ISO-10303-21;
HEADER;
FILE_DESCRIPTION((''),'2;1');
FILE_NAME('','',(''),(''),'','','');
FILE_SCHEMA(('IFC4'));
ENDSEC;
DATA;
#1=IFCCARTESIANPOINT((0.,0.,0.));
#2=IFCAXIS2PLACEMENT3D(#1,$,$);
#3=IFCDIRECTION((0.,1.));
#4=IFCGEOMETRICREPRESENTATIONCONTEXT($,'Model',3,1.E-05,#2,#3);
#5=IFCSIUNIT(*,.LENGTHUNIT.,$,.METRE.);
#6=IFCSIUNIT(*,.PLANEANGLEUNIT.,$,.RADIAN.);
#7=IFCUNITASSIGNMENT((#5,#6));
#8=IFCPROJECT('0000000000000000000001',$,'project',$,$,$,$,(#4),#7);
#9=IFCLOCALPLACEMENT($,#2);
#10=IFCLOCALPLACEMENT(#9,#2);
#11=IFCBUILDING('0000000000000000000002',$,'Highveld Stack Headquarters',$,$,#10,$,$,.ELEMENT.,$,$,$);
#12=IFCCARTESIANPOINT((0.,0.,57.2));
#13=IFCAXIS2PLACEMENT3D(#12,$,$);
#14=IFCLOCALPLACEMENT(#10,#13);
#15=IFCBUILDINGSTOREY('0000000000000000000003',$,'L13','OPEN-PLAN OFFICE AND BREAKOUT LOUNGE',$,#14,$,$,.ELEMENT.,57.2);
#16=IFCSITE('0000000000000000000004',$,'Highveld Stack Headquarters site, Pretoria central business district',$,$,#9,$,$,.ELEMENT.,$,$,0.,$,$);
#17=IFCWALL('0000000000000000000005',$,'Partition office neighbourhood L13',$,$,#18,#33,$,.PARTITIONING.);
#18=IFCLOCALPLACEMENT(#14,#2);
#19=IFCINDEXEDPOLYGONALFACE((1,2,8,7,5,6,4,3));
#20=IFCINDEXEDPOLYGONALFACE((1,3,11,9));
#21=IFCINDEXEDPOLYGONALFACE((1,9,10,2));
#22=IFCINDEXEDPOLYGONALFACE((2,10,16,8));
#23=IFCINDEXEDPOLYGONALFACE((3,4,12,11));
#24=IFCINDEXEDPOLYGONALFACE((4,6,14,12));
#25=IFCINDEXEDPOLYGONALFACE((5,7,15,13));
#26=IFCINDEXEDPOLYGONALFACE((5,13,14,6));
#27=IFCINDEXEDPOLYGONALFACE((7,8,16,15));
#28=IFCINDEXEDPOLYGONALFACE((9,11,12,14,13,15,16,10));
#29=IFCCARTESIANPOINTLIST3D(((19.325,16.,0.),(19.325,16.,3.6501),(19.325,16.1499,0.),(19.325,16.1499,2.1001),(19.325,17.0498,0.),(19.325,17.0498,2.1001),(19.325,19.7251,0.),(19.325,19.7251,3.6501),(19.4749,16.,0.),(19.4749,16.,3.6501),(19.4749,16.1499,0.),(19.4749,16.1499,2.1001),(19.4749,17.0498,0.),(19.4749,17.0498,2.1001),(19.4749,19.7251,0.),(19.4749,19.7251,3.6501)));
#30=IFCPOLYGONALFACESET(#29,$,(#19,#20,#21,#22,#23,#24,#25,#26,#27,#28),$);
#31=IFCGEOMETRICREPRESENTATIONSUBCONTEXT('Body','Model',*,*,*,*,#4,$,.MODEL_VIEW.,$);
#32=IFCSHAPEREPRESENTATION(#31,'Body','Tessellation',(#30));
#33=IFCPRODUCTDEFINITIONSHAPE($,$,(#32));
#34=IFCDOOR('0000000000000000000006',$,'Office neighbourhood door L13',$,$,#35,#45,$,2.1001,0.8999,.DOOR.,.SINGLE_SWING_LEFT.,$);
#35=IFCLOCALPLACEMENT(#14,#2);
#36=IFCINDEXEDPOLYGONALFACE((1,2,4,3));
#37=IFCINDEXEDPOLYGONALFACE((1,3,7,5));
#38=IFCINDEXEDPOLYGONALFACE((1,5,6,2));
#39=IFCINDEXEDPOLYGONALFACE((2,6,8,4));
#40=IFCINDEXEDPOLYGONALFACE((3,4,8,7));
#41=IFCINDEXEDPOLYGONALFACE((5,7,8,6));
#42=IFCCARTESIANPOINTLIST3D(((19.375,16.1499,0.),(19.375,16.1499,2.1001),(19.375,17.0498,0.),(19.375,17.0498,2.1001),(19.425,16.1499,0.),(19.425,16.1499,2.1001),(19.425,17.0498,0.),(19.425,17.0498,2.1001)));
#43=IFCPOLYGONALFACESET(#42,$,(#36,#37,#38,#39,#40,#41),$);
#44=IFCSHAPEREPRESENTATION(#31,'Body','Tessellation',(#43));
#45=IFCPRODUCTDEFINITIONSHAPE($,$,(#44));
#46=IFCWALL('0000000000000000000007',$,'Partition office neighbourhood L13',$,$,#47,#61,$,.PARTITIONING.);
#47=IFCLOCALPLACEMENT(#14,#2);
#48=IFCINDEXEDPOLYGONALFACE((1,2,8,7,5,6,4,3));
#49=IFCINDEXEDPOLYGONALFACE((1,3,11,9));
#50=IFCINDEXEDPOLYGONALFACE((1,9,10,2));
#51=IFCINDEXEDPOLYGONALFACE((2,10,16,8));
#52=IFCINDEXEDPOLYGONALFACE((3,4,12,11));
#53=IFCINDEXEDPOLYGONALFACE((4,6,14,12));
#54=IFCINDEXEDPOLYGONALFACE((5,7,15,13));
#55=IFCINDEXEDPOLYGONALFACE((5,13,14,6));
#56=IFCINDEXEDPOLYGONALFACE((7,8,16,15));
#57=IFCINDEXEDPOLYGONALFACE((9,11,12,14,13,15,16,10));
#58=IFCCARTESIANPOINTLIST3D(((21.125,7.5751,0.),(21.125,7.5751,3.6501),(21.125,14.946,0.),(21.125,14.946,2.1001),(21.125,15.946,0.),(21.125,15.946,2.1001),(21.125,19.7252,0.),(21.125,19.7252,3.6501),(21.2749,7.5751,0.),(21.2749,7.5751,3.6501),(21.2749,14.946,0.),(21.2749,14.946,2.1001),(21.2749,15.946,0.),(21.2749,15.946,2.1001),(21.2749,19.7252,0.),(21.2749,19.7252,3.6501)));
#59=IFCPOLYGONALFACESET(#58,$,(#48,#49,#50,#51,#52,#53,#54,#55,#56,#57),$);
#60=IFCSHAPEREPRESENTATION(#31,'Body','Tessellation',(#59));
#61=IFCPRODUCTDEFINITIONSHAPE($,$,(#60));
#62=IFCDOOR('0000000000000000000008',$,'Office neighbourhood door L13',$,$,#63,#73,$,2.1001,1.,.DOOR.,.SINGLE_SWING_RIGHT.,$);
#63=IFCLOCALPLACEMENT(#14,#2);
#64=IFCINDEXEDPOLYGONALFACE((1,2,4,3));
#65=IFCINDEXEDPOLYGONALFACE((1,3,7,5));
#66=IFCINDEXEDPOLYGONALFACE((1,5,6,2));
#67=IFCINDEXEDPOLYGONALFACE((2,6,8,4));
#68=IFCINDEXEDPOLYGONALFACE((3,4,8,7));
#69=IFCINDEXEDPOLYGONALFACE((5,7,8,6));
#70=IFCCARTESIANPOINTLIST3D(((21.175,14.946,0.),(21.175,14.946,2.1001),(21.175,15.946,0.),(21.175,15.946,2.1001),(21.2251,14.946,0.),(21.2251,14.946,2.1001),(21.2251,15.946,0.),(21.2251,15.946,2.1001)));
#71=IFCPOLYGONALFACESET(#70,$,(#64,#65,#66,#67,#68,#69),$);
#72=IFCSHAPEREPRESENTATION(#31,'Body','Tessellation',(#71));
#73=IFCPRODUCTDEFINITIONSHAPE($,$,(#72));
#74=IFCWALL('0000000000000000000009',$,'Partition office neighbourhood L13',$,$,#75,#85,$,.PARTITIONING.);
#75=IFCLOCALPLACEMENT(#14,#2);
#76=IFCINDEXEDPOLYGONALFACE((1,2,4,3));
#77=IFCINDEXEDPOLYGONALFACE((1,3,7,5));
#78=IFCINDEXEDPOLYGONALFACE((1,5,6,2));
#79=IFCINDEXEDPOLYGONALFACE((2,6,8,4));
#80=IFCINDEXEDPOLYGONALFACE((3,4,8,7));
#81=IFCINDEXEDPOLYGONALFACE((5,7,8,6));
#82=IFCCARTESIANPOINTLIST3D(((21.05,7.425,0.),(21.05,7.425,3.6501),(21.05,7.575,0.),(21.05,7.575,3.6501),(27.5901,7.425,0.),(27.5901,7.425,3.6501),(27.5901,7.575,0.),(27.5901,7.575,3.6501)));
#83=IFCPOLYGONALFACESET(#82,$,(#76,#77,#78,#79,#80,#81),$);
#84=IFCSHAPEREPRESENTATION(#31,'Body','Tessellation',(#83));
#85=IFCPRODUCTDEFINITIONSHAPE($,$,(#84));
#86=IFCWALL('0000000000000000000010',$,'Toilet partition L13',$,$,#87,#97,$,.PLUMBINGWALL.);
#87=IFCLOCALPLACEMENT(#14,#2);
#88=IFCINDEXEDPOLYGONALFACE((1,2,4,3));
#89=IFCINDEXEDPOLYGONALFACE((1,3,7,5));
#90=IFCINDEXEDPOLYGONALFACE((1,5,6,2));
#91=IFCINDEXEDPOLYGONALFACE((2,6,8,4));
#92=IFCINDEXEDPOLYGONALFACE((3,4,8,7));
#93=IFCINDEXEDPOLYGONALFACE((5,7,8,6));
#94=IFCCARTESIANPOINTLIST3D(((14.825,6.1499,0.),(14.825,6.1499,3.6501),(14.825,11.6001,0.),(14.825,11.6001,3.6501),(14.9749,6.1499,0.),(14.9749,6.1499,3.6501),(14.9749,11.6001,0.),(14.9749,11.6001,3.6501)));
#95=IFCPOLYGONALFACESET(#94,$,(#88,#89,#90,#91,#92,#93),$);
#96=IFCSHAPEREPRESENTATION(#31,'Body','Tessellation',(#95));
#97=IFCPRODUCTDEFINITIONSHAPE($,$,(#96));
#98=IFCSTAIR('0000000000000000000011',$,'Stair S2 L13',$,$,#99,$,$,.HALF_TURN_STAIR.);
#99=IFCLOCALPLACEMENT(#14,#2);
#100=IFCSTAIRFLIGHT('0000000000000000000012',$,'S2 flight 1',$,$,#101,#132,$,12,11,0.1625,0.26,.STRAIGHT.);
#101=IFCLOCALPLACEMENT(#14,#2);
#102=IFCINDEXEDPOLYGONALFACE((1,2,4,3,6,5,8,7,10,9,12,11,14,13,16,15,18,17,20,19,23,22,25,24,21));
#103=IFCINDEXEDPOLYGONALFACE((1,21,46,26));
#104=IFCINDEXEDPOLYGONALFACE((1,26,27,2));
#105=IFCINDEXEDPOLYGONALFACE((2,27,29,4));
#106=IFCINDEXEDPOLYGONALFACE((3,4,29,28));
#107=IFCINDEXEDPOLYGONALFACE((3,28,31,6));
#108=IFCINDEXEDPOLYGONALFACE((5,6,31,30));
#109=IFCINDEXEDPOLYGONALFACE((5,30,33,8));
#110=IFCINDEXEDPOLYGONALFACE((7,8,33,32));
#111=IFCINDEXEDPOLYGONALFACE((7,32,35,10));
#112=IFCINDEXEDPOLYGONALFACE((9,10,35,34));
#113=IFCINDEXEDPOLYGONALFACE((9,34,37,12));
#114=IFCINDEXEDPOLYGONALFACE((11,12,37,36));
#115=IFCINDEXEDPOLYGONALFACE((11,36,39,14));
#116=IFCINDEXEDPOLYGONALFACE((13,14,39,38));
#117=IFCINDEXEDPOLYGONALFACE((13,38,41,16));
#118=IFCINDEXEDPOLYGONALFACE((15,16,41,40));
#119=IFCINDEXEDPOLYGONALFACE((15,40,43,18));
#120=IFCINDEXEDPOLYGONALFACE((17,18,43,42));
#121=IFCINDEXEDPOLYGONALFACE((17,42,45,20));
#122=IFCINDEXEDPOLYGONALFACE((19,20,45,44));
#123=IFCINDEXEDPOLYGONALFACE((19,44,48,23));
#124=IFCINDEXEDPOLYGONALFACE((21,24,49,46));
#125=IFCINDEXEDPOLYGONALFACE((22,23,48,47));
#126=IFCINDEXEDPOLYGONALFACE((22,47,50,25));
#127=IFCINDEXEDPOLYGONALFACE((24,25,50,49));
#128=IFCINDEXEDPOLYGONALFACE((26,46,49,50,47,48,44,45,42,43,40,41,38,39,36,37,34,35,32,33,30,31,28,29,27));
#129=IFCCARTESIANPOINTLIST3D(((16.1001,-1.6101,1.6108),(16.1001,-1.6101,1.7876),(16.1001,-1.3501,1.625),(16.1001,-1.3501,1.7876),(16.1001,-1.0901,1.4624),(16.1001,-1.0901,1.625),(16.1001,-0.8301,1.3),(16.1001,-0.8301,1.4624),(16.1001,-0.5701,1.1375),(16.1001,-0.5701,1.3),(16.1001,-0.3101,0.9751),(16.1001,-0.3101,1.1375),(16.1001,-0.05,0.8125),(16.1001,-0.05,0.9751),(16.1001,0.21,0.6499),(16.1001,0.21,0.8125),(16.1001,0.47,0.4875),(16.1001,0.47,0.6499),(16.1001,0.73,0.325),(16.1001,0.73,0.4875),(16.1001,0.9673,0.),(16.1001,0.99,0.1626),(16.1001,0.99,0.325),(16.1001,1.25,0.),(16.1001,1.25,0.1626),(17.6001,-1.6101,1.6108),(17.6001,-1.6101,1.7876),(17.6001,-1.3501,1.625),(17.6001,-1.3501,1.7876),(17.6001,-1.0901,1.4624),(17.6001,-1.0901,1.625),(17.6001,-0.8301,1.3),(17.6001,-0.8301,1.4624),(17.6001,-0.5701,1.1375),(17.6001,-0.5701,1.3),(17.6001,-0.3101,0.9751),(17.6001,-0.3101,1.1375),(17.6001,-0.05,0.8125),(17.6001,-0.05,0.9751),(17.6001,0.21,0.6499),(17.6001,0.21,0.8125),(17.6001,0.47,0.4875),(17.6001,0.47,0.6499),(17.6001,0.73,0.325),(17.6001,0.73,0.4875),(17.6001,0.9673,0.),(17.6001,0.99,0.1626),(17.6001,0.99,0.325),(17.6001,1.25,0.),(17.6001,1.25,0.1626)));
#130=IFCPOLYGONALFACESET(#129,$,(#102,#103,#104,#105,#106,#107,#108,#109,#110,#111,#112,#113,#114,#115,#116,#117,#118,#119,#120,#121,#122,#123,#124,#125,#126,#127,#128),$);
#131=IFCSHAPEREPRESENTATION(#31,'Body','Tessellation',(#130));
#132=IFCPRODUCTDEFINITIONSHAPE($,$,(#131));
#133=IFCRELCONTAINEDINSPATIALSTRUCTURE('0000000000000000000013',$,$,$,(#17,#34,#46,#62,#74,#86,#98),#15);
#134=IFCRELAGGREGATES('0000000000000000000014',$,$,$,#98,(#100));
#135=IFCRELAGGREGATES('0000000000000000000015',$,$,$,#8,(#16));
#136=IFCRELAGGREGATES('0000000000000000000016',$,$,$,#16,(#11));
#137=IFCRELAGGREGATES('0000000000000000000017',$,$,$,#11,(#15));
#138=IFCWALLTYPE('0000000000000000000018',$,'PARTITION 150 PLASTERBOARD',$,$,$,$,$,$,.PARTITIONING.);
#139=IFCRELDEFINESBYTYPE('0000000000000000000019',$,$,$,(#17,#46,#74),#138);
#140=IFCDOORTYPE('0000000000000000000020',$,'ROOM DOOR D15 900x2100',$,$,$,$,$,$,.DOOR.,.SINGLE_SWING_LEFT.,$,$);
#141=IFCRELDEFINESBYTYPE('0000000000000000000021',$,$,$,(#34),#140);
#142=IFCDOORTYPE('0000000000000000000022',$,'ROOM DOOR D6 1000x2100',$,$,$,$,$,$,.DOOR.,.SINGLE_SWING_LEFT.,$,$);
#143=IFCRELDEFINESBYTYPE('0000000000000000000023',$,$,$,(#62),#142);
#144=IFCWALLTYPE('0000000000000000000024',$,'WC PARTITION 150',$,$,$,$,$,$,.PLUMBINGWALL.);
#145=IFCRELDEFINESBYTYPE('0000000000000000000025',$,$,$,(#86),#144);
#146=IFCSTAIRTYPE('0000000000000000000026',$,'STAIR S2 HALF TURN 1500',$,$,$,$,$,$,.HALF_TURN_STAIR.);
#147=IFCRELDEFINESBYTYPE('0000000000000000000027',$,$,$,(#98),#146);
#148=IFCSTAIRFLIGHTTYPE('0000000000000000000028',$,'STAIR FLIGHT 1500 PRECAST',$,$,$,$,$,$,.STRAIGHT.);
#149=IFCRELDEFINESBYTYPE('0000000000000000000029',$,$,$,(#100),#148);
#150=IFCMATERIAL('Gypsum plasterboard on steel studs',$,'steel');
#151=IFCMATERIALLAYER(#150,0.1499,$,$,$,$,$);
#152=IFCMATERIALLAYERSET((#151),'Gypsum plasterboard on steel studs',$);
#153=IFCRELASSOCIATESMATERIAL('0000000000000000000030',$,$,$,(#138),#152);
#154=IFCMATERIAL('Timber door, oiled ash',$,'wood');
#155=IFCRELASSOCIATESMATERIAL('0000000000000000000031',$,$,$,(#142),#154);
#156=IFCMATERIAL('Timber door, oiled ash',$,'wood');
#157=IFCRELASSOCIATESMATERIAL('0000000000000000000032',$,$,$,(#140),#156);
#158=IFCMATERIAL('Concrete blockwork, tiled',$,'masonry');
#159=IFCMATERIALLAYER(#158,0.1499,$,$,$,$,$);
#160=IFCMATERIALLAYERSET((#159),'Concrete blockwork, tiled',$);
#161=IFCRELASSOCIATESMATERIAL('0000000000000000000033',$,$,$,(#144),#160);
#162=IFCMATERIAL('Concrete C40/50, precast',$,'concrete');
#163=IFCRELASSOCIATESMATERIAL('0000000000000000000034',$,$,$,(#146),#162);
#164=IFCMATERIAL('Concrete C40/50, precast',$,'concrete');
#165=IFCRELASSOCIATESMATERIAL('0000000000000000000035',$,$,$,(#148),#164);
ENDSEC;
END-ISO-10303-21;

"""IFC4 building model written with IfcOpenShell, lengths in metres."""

from ifc_helpers import new_model, si_unit, direction, frame, frame_2d, origin, place, context, subcontext, project, spatial, polyline, rectangle, outline, extrude, material, layer, layer_set, type_object, element, fill, aggregate, save


model = new_model("IFC4")

# Units and contexts
model_context = context("Model", 3, precision=1e-05, world=origin(), true_north=direction((0.0, 1.0)))
body_context = subcontext(model_context, "Body", "Model", "MODEL_VIEW")
ifc_project = project(units=[si_unit("LENGTHUNIT", "METRE"), si_unit("PLANEANGLEUNIT", "RADIAN")], contexts=[model_context])

# Site, building, storey
site_placement = place(None, origin())
site = spatial("IfcSite", under=ifc_project, at=site_placement, Name="Highveld Stack Headquarters site, Pretoria central business district", CompositionType="ELEMENT", RefElevation=0.0)
building_placement = place(site_placement, origin())
building = spatial("IfcBuilding", under=site, at=building_placement, Name="Highveld Stack Headquarters", CompositionType="ELEMENT")
storey_placement = place(building_placement, frame((0.0, 0.0, 57.2)))
storey = spatial("IfcBuildingStorey", under=building, at=storey_placement, Name="L13", Description="OPEN-PLAN OFFICE AND BREAKOUT LOUNGE", CompositionType="ELEMENT", Elevation=57.2)

# Shared definitions
ifc_material_1 = material(Name="Gypsum plasterboard on steel studs", Category="steel")
ifc_layer_1 = layer(ifc_material_1, 0.1499)
ifc_layer_set_1 = layer_set([ifc_layer_1], Name="Gypsum plasterboard on steel studs")
wall_type_1 = type_object("IfcWallType", Name="PARTITION 150 PLASTERBOARD", PredefinedType="PARTITIONING", material=ifc_layer_set_1)
ifc_material_2 = material(Name="Timber door, oiled ash", Category="wood")
door_type_1 = type_object("IfcDoorType", Name="ROOM DOOR D6 1000x2100", OperationType="SINGLE_SWING_LEFT", PredefinedType="DOOR", material=ifc_material_2)

# Walls, openings, doors
wall_1_placement = place(storey_placement, frame((19.3999, 16.0, 0.0), z_axis=(0.0, 0.0, 1.0), x_axis=(0.0, 1.0, 0.0)))
wall_1 = element("IfcWall", 1, at=wall_1_placement, inside=storey, type_object=wall_type_1, Name="Partition office neighbourhood L13", PredefinedType="PARTITIONING", context=body_context, shape_type="SweptSolid", body=[
    extrude(rectangle(XDim=3.7251, YDim=0.1499, at=frame_2d((1.8625, 0.0))), origin(), (0.0, 0.0, 1.0), 3.6501),
])
opening_1_placement = place(wall_1_placement, frame((0.1499, 0.0, 0.0)))
opening_1 = element("IfcOpeningElement", 2, at=opening_1_placement, cuts=wall_1, PredefinedType="OPENING", context=body_context, shape_type="SweptSolid", body=[
    extrude(rectangle(XDim=0.8999, YDim=2.1001, at=frame_2d((0.45, 1.05))), frame((0.0, 0.085, 0.0), z_axis=(0.0, -1.0, 0.0), x_axis=(1.0, 0.0, 0.0)), (0.0, 0.0, 1.0), 0.1699),
])
ifc_material_3 = material(Name="Timber door, oiled ash", Category="wood")
door_type_2 = type_object("IfcDoorType", Name="ROOM DOOR D15 900x2100", OperationType="SINGLE_SWING_LEFT", PredefinedType="DOOR", material=ifc_material_3)
door_1_placement = place(opening_1_placement, origin())
door_1 = element("IfcDoor", 3, at=door_1_placement, inside=storey, type_object=door_type_2, Name="Office neighbourhood door L13", OperationType="SINGLE_SWING_LEFT", OverallHeight=2.1001, OverallWidth=0.8999, PredefinedType="DOOR", context=body_context, shape_type="SweptSolid", body=[
    extrude(rectangle(XDim=0.8999, YDim=2.1001, at=frame_2d((0.45, 1.05))), frame((0.0, 0.0249, 0.0), z_axis=(0.0, -1.0, 0.0), x_axis=(1.0, 0.0, 0.0)), (0.0, 0.0, 1.0), 0.05),
])
fill(opening_1, door_1)
wall_2_placement = place(storey_placement, frame((21.2, 7.575, 0.0), z_axis=(0.0, 0.0, 1.0), x_axis=(0.0, 1.0, 0.0)))
wall_2 = element("IfcWall", 4, at=wall_2_placement, inside=storey, type_object=wall_type_1, Name="Partition office neighbourhood L13", PredefinedType="PARTITIONING", context=body_context, shape_type="SweptSolid", body=[
    extrude(rectangle(XDim=12.1501, YDim=0.1499, at=frame_2d((6.0752, 0.0))), origin(), (0.0, 0.0, 1.0), 3.6501),
])
opening_2_placement = place(wall_2_placement, frame((7.3711, 0.0, 0.0)))
opening_2 = element("IfcOpeningElement", 5, at=opening_2_placement, cuts=wall_2, PredefinedType="OPENING", context=body_context, shape_type="SweptSolid", body=[
    extrude(rectangle(XDim=1.0, YDim=2.1001, at=frame_2d((0.5, 1.05))), frame((0.0, 0.085, 0.0), z_axis=(0.0, -1.0, 0.0), x_axis=(1.0, 0.0, 0.0)), (0.0, 0.0, 1.0), 0.1699),
])
door_2_placement = place(opening_2_placement, origin())
door_2 = element("IfcDoor", 6, at=door_2_placement, inside=storey, type_object=door_type_1, Name="Office neighbourhood door L13", OperationType="SINGLE_SWING_RIGHT", OverallHeight=2.1001, OverallWidth=1.0, PredefinedType="DOOR", context=body_context, shape_type="SweptSolid", body=[
    extrude(rectangle(XDim=1.0, YDim=2.1001, at=frame_2d((0.5, 1.05))), frame((0.0, 0.0249, 0.0), z_axis=(0.0, -1.0, 0.0), x_axis=(1.0, 0.0, 0.0)), (0.0, 0.0, 1.0), 0.05),
])
fill(opening_2, door_2)

# Walls
wall_3_placement = place(storey_placement, frame((21.05, 7.5, 0.0), z_axis=(0.0, 0.0, 1.0), x_axis=(1.0, 0.0, 0.0)))
element("IfcWall", 7, at=wall_3_placement, inside=storey, type_object=wall_type_1, Name="Partition office neighbourhood L13", PredefinedType="PARTITIONING", context=body_context, shape_type="SweptSolid", body=[
    extrude(rectangle(XDim=6.54, YDim=0.1499, at=frame_2d((3.27, 0.0))), origin(), (0.0, 0.0, 1.0), 3.6501),
])
ifc_material_4 = material(Name="Concrete blockwork, tiled", Category="masonry")
ifc_layer_2 = layer(ifc_material_4, 0.1499)
ifc_layer_set_2 = layer_set([ifc_layer_2], Name="Concrete blockwork, tiled")
wall_type_2 = type_object("IfcWallType", Name="WC PARTITION 150", PredefinedType="PLUMBINGWALL", material=ifc_layer_set_2)
wall_4_placement = place(storey_placement, frame((14.8999, 6.1499, 0.0), z_axis=(0.0, 0.0, 1.0), x_axis=(0.0, 1.0, 0.0)))
element("IfcWall", 8, at=wall_4_placement, inside=storey, type_object=wall_type_2, Name="Toilet partition L13", PredefinedType="PLUMBINGWALL", context=body_context, shape_type="SweptSolid", body=[
    extrude(rectangle(XDim=5.4502, YDim=0.1499, at=frame_2d((2.7251, 0.0))), origin(), (0.0, 0.0, 1.0), 3.6501),
])

# Stair, stair flight
ifc_material_5 = material(Name="Concrete C40/50, precast", Category="concrete")
stair_type = type_object("IfcStairType", Name="STAIR S2 HALF TURN 1500", PredefinedType="HALF_TURN_STAIR", material=ifc_material_5)
stair_placement = place(storey_placement, origin())
stair = element("IfcStair", 9, at=stair_placement, inside=storey, type_object=stair_type, Name="Stair S2 L13", PredefinedType="HALF_TURN_STAIR")
ifc_material_6 = material(Name="Concrete C40/50, precast", Category="concrete")
stair_flight_type = type_object("IfcStairFlightType", Name="STAIR FLIGHT 1500 PRECAST", PredefinedType="STRAIGHT", material=ifc_material_6)
stair_flight_placement = place(storey_placement, frame((16.8501, 1.25, 0.0), z_axis=(0.0, 0.0, 1.0), x_axis=(0.0, -1.0, 0.0)))
stair_flight = element("IfcStairFlight", 10, at=stair_flight_placement, type_object=stair_flight_type, Name="S2 flight 1", NumberOfRisers=12, NumberOfTreads=11, PredefinedType="STRAIGHT", RiserHeight=0.1625, TreadLength=0.26, context=body_context, shape_type="SweptSolid", body=[
    extrude(outline(polyline([(0.0, 0.0), (0.0, 0.1626), (0.26, 0.1626), (0.26, 0.325), (0.52, 0.325), (0.52, 0.4875), (0.78, 0.4875), (0.78, 0.6499), (1.04, 0.6499), (1.04, 0.8125), (1.3, 0.8125), (1.3, 0.9751), (1.5601, 0.9751), (1.5601, 1.1375), (1.8201, 1.1375), (1.8201, 1.3), (2.0801, 1.3), (2.0801, 1.4624), (2.3401, 1.4624), (2.3401, 1.625), (2.6001, 1.625), (2.6001, 1.7876), (2.8601, 1.7876), (2.8601, 1.95), (2.8601, 1.6108), (0.2827, 0.0), (0.0, 0.0)])), frame((0.0, 0.75, 0.0), z_axis=(0.0, -1.0, 0.0), x_axis=(1.0, 0.0, 0.0)), (0.0, 0.0, 1.0), 1.5),
])
aggregate(stair, [stair_flight])

save(model, "model.ifc")
